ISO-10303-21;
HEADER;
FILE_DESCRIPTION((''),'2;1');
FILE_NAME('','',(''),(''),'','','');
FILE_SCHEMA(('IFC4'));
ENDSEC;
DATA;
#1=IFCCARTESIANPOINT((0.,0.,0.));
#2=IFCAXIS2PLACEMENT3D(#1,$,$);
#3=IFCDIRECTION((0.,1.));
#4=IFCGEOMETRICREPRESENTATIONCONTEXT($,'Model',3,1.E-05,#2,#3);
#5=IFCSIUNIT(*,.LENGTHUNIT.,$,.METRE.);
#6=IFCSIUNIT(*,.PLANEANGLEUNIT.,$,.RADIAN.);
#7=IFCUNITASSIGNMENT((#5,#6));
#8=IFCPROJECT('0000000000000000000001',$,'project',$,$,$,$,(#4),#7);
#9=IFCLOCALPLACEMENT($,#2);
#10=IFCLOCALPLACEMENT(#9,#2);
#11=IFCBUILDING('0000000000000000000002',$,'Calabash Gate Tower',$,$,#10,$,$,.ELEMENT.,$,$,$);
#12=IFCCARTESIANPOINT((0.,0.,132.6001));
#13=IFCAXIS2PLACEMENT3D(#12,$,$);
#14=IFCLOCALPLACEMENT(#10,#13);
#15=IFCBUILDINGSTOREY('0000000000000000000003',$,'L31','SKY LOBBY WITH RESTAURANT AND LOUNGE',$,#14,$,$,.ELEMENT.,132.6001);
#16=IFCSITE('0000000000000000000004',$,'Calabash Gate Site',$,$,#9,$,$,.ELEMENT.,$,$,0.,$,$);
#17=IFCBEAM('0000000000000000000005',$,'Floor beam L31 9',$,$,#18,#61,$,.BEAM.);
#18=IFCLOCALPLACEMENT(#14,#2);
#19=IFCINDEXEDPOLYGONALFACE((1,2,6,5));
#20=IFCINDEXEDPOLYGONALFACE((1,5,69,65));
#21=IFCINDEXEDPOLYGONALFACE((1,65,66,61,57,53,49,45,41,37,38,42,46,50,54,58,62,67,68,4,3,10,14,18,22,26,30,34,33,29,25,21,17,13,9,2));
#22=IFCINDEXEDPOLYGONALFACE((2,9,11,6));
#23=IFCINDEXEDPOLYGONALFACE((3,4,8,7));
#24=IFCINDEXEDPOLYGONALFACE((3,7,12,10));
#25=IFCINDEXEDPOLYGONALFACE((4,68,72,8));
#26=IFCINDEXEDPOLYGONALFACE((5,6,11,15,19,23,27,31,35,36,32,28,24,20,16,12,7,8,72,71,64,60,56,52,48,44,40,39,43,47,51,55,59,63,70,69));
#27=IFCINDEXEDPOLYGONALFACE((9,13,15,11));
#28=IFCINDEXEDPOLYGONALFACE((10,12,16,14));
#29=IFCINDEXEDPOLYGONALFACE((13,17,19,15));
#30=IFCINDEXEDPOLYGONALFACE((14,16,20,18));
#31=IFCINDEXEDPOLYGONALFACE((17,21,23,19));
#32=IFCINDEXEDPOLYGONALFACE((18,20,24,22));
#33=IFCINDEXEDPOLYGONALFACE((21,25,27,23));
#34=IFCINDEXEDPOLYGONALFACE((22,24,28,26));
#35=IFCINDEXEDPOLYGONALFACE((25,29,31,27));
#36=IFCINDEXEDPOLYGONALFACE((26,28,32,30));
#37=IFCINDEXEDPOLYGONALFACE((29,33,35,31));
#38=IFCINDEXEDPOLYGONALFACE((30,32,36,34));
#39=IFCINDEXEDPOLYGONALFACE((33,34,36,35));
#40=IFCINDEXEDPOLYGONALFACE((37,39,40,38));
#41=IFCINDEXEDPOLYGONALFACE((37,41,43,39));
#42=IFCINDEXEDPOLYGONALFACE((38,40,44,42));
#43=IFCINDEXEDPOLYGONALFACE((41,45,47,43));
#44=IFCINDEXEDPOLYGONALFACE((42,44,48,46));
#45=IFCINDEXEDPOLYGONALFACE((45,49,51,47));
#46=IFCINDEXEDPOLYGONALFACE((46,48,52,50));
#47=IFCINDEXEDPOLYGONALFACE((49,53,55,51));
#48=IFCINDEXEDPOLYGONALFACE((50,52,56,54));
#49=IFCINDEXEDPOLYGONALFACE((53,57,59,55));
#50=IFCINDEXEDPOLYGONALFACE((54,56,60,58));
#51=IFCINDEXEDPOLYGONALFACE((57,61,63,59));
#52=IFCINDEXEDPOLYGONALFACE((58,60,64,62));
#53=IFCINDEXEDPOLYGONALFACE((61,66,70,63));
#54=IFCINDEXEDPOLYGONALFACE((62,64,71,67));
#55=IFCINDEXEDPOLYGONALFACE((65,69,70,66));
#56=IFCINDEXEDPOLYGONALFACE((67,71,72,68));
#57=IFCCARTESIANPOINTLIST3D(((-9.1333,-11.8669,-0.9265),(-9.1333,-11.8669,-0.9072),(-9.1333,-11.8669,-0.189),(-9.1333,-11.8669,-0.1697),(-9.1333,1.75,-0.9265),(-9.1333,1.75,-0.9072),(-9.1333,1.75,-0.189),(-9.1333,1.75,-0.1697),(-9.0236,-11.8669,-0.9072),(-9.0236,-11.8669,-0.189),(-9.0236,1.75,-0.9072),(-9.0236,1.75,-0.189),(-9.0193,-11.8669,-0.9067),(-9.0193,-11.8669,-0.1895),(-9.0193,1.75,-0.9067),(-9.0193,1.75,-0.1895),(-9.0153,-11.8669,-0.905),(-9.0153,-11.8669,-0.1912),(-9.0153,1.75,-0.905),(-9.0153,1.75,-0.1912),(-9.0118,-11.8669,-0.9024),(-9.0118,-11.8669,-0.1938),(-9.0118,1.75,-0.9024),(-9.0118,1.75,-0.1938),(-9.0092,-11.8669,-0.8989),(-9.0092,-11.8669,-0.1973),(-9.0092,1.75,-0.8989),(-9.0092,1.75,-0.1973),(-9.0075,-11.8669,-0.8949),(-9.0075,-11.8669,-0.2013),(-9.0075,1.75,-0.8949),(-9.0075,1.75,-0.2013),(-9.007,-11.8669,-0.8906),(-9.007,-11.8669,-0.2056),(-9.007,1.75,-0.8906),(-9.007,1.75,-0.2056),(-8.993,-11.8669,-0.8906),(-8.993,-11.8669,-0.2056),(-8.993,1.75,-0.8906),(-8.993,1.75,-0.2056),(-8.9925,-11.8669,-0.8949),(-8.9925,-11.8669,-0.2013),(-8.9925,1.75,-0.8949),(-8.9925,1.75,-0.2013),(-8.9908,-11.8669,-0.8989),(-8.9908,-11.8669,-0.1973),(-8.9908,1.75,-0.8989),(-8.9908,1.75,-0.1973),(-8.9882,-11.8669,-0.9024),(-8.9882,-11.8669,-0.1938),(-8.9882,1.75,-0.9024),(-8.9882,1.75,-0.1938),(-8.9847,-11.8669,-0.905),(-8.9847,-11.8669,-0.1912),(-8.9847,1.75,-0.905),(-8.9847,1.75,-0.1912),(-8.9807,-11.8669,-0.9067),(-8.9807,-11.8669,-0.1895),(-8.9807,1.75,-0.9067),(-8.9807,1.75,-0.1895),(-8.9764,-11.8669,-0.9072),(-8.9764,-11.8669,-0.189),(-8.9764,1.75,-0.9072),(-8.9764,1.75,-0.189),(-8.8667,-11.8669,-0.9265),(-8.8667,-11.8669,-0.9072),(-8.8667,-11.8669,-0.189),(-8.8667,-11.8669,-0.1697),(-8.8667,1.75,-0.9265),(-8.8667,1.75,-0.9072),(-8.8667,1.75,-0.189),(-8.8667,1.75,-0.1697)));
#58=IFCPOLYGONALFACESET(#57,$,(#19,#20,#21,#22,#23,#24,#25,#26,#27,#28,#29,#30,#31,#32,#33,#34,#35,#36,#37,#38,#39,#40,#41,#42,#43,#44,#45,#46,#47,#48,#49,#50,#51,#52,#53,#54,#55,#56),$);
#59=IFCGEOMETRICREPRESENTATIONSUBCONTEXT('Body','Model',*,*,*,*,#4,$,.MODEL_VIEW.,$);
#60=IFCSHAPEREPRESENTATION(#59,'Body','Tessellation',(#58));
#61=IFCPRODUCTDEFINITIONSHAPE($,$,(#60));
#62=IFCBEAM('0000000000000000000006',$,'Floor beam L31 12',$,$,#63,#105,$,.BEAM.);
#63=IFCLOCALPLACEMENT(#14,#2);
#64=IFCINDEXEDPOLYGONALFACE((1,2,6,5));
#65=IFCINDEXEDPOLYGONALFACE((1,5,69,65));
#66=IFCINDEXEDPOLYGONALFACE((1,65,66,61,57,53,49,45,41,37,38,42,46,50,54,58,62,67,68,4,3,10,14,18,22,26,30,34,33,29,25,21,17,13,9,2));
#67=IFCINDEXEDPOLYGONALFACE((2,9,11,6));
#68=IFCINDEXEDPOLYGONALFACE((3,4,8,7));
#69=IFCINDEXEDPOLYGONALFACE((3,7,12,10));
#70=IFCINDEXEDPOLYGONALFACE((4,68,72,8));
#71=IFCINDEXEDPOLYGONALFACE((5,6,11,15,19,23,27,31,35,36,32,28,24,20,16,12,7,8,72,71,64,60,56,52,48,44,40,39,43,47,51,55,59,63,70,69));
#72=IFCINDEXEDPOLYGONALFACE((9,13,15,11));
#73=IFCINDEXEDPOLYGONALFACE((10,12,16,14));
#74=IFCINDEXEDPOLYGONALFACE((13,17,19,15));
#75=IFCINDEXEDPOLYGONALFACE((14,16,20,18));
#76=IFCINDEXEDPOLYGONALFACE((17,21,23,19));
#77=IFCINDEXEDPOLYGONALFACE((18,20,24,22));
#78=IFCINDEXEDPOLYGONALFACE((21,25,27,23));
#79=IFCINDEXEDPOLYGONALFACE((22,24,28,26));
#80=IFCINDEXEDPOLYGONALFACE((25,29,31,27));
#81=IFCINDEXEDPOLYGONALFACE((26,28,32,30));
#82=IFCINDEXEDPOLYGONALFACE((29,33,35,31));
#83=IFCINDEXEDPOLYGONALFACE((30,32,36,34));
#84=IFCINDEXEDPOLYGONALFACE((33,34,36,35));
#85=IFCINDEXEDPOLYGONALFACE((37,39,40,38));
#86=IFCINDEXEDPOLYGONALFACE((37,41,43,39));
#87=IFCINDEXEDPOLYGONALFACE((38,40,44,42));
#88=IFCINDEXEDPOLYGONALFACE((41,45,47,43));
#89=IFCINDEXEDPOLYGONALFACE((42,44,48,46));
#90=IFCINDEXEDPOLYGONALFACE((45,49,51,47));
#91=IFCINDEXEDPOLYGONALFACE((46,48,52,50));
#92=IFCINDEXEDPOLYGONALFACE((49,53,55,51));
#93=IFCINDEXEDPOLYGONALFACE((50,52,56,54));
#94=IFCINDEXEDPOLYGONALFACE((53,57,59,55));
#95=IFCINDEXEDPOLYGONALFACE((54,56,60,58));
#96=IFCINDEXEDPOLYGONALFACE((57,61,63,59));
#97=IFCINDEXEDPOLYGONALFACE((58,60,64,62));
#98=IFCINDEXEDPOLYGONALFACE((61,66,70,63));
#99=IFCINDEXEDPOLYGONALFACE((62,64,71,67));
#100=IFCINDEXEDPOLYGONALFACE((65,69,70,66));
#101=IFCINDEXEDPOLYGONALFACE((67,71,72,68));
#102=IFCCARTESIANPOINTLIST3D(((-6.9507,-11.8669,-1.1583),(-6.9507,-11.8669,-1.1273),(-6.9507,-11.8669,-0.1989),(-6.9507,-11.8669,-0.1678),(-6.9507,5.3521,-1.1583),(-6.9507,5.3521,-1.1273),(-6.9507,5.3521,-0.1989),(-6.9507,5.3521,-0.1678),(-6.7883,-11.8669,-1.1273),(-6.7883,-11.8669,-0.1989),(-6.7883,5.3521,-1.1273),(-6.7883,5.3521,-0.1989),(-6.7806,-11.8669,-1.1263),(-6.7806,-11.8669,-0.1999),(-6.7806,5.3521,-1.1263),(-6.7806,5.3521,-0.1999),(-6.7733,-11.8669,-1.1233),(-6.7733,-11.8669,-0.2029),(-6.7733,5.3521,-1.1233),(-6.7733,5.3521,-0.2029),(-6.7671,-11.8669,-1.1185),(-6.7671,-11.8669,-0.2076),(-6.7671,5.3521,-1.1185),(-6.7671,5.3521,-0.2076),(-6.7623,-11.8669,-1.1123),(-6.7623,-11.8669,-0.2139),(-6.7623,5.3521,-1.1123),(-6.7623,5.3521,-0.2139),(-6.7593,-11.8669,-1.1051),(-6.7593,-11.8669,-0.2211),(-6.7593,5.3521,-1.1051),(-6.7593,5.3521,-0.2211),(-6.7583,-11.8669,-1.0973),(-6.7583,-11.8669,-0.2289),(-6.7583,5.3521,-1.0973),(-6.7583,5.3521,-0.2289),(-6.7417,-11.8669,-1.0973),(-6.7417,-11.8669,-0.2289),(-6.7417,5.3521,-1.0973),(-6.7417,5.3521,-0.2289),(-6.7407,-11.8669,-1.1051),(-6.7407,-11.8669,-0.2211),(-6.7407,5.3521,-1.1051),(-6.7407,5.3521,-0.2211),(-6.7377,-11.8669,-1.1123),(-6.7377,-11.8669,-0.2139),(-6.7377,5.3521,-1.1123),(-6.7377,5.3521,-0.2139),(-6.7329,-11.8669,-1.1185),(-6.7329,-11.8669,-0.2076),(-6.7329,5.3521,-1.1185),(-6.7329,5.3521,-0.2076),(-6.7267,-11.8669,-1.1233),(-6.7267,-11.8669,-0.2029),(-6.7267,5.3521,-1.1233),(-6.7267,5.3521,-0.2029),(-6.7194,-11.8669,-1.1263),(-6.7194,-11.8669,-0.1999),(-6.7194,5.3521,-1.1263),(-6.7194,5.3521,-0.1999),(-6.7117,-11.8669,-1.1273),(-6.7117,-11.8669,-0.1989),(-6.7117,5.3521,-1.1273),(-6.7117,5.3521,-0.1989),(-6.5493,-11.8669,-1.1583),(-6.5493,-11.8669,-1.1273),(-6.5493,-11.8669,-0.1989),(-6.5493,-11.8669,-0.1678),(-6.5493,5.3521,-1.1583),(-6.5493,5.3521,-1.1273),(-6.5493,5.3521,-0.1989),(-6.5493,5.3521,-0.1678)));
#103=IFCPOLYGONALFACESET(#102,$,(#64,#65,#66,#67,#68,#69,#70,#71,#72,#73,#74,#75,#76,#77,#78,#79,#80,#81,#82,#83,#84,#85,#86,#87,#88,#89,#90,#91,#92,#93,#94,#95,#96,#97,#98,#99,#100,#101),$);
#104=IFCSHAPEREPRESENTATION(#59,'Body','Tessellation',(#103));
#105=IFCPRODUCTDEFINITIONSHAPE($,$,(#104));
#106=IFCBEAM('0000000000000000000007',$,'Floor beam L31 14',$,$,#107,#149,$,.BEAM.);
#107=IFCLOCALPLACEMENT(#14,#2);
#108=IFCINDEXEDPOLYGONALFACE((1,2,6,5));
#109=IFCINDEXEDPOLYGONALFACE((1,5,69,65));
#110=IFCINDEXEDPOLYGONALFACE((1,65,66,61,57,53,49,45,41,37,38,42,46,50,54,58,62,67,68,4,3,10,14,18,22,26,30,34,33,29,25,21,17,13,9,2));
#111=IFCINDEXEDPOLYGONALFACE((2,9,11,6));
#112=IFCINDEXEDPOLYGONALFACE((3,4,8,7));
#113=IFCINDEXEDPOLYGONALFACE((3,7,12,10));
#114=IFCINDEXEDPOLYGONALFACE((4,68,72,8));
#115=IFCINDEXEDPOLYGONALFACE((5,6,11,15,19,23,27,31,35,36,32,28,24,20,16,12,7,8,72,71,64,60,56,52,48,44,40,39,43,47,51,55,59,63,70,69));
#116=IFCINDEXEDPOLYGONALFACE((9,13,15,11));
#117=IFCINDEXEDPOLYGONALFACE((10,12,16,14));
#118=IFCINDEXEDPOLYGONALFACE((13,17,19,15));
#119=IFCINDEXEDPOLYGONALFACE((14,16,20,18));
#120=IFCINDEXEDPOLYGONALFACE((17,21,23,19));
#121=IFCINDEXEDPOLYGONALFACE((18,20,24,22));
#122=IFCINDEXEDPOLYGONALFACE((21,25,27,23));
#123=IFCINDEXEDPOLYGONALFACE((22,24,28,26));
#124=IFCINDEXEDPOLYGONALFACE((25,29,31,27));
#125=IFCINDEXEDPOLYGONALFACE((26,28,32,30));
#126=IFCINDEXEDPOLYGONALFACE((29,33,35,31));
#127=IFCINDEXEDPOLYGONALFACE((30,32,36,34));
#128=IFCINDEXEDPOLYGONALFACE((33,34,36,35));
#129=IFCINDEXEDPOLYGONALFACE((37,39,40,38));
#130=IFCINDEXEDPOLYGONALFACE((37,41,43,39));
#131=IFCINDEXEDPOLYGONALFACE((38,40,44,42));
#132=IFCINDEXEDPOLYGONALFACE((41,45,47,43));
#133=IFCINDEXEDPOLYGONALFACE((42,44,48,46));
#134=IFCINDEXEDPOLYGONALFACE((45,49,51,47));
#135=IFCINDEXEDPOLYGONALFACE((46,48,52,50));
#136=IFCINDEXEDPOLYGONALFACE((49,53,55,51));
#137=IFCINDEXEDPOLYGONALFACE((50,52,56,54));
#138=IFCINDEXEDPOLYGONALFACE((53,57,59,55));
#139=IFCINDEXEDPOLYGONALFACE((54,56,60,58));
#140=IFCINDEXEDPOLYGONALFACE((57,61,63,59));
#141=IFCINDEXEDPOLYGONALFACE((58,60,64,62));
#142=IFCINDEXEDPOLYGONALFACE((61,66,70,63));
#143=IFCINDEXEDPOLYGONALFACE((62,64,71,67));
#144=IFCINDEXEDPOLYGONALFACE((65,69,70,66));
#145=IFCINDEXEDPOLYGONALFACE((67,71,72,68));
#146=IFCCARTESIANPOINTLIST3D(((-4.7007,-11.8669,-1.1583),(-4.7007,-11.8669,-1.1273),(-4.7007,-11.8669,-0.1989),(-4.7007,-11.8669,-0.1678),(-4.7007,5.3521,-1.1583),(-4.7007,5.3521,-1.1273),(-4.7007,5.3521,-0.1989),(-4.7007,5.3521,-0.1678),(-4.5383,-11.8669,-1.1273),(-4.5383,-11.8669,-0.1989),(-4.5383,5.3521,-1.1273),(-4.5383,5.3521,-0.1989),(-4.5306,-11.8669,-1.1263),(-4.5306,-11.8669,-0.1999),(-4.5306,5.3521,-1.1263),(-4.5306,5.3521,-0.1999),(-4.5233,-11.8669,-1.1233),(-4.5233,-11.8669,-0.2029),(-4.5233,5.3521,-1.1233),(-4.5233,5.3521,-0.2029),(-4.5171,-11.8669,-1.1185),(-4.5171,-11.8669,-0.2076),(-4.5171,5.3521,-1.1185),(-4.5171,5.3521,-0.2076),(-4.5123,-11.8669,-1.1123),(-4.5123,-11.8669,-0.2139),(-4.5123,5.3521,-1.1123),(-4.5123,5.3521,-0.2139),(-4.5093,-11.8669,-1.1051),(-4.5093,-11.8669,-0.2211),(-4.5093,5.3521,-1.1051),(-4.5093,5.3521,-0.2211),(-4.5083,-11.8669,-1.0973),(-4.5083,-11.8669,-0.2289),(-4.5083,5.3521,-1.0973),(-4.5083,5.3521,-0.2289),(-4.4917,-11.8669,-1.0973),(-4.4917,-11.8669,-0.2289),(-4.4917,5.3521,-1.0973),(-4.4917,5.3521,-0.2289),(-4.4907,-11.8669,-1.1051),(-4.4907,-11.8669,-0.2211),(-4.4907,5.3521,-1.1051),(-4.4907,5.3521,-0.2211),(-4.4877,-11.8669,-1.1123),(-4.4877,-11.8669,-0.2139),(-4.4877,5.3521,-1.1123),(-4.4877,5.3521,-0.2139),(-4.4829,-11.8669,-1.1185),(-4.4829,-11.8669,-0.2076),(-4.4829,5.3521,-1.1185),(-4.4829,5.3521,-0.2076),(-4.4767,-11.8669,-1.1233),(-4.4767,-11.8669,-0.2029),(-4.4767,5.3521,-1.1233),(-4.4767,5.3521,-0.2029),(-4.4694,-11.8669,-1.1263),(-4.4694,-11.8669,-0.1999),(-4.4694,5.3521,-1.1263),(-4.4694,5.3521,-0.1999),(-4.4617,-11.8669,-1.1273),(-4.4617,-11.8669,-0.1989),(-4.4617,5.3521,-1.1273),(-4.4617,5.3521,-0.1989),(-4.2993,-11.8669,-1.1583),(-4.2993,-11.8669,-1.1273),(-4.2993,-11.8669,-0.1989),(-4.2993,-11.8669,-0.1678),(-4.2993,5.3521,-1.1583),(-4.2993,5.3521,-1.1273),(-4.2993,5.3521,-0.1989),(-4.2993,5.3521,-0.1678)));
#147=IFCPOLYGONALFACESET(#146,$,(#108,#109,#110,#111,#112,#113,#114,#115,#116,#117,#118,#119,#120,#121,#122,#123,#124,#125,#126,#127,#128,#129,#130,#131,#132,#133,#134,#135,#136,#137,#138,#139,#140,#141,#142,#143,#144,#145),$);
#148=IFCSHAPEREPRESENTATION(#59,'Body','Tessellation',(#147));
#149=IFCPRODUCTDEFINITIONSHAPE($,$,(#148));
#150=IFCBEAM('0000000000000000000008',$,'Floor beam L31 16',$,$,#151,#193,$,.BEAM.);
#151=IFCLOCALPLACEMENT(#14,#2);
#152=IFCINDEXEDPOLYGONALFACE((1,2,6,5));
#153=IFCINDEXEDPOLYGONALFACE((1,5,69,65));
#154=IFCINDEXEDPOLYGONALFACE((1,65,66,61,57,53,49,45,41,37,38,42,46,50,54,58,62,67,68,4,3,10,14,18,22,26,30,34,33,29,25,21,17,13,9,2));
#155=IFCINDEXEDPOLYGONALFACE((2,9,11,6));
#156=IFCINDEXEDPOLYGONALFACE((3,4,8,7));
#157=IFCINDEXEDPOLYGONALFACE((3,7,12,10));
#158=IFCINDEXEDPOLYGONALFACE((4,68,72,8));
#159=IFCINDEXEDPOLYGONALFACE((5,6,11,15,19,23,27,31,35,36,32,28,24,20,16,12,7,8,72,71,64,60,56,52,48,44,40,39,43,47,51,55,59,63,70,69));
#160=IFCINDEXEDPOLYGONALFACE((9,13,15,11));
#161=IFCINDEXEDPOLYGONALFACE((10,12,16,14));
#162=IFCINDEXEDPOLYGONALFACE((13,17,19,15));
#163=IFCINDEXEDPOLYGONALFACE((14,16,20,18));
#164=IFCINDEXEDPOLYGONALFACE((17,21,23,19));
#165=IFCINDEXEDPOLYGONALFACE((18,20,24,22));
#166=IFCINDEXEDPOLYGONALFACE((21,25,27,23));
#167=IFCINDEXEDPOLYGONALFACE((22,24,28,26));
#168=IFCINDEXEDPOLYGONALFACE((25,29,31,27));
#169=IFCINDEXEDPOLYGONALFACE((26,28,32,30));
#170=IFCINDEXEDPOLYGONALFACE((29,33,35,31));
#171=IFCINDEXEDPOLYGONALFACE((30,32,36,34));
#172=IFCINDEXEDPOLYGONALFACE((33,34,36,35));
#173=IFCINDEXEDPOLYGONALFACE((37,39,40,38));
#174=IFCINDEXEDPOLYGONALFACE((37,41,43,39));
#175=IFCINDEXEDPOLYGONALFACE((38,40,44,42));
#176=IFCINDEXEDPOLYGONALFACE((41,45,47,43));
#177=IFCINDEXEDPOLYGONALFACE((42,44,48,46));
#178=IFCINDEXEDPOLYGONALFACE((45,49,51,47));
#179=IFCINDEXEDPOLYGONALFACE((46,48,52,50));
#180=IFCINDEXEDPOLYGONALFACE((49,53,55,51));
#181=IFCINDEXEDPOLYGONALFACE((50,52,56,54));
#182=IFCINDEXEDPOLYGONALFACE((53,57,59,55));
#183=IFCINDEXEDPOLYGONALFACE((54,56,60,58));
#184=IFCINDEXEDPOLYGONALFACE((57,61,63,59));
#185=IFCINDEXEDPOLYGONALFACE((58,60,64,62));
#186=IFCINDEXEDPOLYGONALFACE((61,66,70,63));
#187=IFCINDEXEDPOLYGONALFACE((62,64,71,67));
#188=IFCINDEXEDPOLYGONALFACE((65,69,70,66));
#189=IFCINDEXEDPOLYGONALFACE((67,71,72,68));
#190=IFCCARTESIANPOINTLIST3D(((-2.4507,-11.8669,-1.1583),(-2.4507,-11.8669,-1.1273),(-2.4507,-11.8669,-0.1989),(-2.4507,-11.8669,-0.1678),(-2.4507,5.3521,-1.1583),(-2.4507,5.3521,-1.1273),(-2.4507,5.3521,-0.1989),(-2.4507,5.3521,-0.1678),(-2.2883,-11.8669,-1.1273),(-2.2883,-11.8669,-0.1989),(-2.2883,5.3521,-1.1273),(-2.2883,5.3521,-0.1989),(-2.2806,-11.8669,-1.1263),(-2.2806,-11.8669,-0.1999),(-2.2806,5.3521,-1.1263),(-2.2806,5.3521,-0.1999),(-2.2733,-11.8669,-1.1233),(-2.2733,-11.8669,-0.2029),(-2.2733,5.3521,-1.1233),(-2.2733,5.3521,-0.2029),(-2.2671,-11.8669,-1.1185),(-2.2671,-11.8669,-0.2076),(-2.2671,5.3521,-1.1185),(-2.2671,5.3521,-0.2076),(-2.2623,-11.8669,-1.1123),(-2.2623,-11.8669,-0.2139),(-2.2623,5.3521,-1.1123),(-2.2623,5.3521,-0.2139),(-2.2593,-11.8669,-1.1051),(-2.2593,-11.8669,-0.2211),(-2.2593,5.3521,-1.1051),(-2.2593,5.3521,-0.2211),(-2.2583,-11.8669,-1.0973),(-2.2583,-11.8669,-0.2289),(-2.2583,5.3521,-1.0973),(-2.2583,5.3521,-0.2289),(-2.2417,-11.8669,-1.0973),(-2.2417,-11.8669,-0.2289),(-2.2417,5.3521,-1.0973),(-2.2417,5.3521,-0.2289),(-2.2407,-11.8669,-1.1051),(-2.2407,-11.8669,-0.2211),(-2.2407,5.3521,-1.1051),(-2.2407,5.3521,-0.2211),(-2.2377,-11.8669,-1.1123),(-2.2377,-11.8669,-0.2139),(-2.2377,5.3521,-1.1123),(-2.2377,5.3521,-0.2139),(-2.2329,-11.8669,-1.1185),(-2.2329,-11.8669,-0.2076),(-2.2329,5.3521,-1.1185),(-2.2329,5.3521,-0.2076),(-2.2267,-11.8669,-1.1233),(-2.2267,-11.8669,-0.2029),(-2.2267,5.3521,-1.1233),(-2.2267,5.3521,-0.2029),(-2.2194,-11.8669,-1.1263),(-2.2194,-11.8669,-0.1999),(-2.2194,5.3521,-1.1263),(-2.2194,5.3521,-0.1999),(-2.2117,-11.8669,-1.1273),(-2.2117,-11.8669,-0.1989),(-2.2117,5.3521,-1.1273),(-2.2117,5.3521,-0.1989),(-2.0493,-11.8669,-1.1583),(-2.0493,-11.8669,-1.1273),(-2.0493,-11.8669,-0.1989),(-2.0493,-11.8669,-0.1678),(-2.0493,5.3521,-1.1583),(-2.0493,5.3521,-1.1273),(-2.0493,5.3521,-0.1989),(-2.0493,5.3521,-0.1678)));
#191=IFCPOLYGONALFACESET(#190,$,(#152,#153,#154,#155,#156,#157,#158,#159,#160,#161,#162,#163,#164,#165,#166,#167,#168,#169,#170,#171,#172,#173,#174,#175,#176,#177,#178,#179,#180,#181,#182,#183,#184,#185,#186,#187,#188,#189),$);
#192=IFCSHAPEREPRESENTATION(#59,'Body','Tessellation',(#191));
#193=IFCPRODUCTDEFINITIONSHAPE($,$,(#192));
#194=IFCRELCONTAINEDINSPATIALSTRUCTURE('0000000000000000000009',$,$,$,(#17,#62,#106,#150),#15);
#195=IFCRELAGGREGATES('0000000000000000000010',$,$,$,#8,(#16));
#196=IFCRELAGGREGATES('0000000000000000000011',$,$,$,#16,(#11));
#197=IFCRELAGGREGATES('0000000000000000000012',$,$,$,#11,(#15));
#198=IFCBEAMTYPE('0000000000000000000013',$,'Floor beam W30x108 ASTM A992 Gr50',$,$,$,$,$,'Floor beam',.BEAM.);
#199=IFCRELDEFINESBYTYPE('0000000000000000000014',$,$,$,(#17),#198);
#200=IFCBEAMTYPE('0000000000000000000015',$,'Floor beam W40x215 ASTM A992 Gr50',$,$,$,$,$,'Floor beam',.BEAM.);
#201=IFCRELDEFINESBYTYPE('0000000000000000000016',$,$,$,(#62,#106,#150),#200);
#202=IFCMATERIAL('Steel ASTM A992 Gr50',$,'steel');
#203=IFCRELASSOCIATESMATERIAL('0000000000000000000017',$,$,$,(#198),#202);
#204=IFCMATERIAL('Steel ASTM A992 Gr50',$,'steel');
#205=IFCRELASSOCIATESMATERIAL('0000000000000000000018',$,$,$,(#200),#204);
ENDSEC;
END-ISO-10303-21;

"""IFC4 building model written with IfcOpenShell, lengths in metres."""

from ifc_helpers import new_model, si_unit, direction, frame, origin, origin_2d, place, context, subcontext, project, spatial, i_section, extrude, material, material_profile, profile_set, type_object, element, save


model = new_model("IFC4")

# Units and contexts
model_context = context("Model", 3, precision=1e-05, world=origin(), true_north=direction((0.0, 1.0)))
body_context = subcontext(model_context, "Body", "Model", "MODEL_VIEW")
ifc_project = project(units=[si_unit("LENGTHUNIT", "METRE"), si_unit("PLANEANGLEUNIT", "RADIAN")], contexts=[model_context])

# Site, building, storey
site_placement = place(None, origin())
site = spatial("IfcSite", under=ifc_project, at=site_placement, Name="Calabash Gate Site", CompositionType="ELEMENT", RefElevation=0.0)
building_placement = place(site_placement, origin())
building = spatial("IfcBuilding", under=site, at=building_placement, Name="Calabash Gate Tower", CompositionType="ELEMENT")
storey_placement = place(building_placement, frame((0.0, 0.0, 132.6001)))
storey = spatial("IfcBuildingStorey", under=building, at=storey_placement, Name="L31", Description="SKY LOBBY WITH RESTAURANT AND LOUNGE", CompositionType="ELEMENT", Elevation=132.6001)

# Beams
ifc_material_1 = material(Name="Steel ASTM A992 Gr50", Category="steel")
ifc_material_profile_1 = material_profile(ifc_material_1, i_section(OverallWidth=0.2666, OverallDepth=0.7568, WebThickness=0.0139, FlangeThickness=0.0193, FilletRadius=0.0166, at=origin_2d()))
ifc_profile_set_1 = profile_set([ifc_material_profile_1], Name="Steel ASTM A992 Gr50")
beam_type_1 = type_object("IfcBeamType", Name="Floor beam W30x108 ASTM A992 Gr50", ElementType="Floor beam", PredefinedType="BEAM", material=ifc_profile_set_1)
beam_1_placement = place(storey_placement, frame((-9.0, -11.8669, -0.5481), z_axis=(0.0, 1.0, 0.0), x_axis=(-1.0, 0.0, 0.0)))
element("IfcBeam", 1, at=beam_1_placement, inside=storey, type_object=beam_type_1, Name="Floor beam L31 9", PredefinedType="BEAM", context=body_context, shape_type="SweptSolid", body=[
    extrude(i_section(OverallWidth=0.2666, OverallDepth=0.7568, WebThickness=0.0139, FlangeThickness=0.0193, FilletRadius=0.0166, at=origin_2d()), origin(), (0.0, 0.0, 1.0), 13.6169),
])
ifc_material_2 = material(Name="Steel ASTM A992 Gr50", Category="steel")
ifc_material_profile_2 = material_profile(ifc_material_2, i_section(OverallWidth=0.4014, OverallDepth=0.9905, WebThickness=0.0166, FlangeThickness=0.031, FilletRadius=0.03, at=origin_2d()))
ifc_profile_set_2 = profile_set([ifc_material_profile_2], Name="Steel ASTM A992 Gr50")
beam_type_2 = type_object("IfcBeamType", Name="Floor beam W40x215 ASTM A992 Gr50", ElementType="Floor beam", PredefinedType="BEAM", material=ifc_profile_set_2)
for number, where, z_axis, x_axis, name in (
    (2, (-6.75, -11.8669, -0.6631), (0.0, 1.0, 0.0), (-1.0, 0.0, 0.0), "Floor beam L31 12"),
    (3, (-4.5, -11.8669, -0.6631), (0.0, 1.0, 0.0), (-1.0, 0.0, 0.0), "Floor beam L31 14"),
    (4, (-2.25, -11.8669, -0.6631), (0.0, 1.0, 0.0), (-1.0, 0.0, 0.0), "Floor beam L31 16"),
):
    element("IfcBeam", number, at=place(storey_placement, frame(where, z_axis=z_axis, x_axis=x_axis)), inside=storey, type_object=beam_type_2, Name=name, PredefinedType="BEAM", context=body_context, shape_type="SweptSolid", body=[
        extrude(i_section(OverallWidth=0.4014, OverallDepth=0.9905, WebThickness=0.0166, FlangeThickness=0.031, FilletRadius=0.03, at=origin_2d()), origin(), (0.0, 0.0, 1.0), 17.219),
    ])

save(model, "model.ifc")
